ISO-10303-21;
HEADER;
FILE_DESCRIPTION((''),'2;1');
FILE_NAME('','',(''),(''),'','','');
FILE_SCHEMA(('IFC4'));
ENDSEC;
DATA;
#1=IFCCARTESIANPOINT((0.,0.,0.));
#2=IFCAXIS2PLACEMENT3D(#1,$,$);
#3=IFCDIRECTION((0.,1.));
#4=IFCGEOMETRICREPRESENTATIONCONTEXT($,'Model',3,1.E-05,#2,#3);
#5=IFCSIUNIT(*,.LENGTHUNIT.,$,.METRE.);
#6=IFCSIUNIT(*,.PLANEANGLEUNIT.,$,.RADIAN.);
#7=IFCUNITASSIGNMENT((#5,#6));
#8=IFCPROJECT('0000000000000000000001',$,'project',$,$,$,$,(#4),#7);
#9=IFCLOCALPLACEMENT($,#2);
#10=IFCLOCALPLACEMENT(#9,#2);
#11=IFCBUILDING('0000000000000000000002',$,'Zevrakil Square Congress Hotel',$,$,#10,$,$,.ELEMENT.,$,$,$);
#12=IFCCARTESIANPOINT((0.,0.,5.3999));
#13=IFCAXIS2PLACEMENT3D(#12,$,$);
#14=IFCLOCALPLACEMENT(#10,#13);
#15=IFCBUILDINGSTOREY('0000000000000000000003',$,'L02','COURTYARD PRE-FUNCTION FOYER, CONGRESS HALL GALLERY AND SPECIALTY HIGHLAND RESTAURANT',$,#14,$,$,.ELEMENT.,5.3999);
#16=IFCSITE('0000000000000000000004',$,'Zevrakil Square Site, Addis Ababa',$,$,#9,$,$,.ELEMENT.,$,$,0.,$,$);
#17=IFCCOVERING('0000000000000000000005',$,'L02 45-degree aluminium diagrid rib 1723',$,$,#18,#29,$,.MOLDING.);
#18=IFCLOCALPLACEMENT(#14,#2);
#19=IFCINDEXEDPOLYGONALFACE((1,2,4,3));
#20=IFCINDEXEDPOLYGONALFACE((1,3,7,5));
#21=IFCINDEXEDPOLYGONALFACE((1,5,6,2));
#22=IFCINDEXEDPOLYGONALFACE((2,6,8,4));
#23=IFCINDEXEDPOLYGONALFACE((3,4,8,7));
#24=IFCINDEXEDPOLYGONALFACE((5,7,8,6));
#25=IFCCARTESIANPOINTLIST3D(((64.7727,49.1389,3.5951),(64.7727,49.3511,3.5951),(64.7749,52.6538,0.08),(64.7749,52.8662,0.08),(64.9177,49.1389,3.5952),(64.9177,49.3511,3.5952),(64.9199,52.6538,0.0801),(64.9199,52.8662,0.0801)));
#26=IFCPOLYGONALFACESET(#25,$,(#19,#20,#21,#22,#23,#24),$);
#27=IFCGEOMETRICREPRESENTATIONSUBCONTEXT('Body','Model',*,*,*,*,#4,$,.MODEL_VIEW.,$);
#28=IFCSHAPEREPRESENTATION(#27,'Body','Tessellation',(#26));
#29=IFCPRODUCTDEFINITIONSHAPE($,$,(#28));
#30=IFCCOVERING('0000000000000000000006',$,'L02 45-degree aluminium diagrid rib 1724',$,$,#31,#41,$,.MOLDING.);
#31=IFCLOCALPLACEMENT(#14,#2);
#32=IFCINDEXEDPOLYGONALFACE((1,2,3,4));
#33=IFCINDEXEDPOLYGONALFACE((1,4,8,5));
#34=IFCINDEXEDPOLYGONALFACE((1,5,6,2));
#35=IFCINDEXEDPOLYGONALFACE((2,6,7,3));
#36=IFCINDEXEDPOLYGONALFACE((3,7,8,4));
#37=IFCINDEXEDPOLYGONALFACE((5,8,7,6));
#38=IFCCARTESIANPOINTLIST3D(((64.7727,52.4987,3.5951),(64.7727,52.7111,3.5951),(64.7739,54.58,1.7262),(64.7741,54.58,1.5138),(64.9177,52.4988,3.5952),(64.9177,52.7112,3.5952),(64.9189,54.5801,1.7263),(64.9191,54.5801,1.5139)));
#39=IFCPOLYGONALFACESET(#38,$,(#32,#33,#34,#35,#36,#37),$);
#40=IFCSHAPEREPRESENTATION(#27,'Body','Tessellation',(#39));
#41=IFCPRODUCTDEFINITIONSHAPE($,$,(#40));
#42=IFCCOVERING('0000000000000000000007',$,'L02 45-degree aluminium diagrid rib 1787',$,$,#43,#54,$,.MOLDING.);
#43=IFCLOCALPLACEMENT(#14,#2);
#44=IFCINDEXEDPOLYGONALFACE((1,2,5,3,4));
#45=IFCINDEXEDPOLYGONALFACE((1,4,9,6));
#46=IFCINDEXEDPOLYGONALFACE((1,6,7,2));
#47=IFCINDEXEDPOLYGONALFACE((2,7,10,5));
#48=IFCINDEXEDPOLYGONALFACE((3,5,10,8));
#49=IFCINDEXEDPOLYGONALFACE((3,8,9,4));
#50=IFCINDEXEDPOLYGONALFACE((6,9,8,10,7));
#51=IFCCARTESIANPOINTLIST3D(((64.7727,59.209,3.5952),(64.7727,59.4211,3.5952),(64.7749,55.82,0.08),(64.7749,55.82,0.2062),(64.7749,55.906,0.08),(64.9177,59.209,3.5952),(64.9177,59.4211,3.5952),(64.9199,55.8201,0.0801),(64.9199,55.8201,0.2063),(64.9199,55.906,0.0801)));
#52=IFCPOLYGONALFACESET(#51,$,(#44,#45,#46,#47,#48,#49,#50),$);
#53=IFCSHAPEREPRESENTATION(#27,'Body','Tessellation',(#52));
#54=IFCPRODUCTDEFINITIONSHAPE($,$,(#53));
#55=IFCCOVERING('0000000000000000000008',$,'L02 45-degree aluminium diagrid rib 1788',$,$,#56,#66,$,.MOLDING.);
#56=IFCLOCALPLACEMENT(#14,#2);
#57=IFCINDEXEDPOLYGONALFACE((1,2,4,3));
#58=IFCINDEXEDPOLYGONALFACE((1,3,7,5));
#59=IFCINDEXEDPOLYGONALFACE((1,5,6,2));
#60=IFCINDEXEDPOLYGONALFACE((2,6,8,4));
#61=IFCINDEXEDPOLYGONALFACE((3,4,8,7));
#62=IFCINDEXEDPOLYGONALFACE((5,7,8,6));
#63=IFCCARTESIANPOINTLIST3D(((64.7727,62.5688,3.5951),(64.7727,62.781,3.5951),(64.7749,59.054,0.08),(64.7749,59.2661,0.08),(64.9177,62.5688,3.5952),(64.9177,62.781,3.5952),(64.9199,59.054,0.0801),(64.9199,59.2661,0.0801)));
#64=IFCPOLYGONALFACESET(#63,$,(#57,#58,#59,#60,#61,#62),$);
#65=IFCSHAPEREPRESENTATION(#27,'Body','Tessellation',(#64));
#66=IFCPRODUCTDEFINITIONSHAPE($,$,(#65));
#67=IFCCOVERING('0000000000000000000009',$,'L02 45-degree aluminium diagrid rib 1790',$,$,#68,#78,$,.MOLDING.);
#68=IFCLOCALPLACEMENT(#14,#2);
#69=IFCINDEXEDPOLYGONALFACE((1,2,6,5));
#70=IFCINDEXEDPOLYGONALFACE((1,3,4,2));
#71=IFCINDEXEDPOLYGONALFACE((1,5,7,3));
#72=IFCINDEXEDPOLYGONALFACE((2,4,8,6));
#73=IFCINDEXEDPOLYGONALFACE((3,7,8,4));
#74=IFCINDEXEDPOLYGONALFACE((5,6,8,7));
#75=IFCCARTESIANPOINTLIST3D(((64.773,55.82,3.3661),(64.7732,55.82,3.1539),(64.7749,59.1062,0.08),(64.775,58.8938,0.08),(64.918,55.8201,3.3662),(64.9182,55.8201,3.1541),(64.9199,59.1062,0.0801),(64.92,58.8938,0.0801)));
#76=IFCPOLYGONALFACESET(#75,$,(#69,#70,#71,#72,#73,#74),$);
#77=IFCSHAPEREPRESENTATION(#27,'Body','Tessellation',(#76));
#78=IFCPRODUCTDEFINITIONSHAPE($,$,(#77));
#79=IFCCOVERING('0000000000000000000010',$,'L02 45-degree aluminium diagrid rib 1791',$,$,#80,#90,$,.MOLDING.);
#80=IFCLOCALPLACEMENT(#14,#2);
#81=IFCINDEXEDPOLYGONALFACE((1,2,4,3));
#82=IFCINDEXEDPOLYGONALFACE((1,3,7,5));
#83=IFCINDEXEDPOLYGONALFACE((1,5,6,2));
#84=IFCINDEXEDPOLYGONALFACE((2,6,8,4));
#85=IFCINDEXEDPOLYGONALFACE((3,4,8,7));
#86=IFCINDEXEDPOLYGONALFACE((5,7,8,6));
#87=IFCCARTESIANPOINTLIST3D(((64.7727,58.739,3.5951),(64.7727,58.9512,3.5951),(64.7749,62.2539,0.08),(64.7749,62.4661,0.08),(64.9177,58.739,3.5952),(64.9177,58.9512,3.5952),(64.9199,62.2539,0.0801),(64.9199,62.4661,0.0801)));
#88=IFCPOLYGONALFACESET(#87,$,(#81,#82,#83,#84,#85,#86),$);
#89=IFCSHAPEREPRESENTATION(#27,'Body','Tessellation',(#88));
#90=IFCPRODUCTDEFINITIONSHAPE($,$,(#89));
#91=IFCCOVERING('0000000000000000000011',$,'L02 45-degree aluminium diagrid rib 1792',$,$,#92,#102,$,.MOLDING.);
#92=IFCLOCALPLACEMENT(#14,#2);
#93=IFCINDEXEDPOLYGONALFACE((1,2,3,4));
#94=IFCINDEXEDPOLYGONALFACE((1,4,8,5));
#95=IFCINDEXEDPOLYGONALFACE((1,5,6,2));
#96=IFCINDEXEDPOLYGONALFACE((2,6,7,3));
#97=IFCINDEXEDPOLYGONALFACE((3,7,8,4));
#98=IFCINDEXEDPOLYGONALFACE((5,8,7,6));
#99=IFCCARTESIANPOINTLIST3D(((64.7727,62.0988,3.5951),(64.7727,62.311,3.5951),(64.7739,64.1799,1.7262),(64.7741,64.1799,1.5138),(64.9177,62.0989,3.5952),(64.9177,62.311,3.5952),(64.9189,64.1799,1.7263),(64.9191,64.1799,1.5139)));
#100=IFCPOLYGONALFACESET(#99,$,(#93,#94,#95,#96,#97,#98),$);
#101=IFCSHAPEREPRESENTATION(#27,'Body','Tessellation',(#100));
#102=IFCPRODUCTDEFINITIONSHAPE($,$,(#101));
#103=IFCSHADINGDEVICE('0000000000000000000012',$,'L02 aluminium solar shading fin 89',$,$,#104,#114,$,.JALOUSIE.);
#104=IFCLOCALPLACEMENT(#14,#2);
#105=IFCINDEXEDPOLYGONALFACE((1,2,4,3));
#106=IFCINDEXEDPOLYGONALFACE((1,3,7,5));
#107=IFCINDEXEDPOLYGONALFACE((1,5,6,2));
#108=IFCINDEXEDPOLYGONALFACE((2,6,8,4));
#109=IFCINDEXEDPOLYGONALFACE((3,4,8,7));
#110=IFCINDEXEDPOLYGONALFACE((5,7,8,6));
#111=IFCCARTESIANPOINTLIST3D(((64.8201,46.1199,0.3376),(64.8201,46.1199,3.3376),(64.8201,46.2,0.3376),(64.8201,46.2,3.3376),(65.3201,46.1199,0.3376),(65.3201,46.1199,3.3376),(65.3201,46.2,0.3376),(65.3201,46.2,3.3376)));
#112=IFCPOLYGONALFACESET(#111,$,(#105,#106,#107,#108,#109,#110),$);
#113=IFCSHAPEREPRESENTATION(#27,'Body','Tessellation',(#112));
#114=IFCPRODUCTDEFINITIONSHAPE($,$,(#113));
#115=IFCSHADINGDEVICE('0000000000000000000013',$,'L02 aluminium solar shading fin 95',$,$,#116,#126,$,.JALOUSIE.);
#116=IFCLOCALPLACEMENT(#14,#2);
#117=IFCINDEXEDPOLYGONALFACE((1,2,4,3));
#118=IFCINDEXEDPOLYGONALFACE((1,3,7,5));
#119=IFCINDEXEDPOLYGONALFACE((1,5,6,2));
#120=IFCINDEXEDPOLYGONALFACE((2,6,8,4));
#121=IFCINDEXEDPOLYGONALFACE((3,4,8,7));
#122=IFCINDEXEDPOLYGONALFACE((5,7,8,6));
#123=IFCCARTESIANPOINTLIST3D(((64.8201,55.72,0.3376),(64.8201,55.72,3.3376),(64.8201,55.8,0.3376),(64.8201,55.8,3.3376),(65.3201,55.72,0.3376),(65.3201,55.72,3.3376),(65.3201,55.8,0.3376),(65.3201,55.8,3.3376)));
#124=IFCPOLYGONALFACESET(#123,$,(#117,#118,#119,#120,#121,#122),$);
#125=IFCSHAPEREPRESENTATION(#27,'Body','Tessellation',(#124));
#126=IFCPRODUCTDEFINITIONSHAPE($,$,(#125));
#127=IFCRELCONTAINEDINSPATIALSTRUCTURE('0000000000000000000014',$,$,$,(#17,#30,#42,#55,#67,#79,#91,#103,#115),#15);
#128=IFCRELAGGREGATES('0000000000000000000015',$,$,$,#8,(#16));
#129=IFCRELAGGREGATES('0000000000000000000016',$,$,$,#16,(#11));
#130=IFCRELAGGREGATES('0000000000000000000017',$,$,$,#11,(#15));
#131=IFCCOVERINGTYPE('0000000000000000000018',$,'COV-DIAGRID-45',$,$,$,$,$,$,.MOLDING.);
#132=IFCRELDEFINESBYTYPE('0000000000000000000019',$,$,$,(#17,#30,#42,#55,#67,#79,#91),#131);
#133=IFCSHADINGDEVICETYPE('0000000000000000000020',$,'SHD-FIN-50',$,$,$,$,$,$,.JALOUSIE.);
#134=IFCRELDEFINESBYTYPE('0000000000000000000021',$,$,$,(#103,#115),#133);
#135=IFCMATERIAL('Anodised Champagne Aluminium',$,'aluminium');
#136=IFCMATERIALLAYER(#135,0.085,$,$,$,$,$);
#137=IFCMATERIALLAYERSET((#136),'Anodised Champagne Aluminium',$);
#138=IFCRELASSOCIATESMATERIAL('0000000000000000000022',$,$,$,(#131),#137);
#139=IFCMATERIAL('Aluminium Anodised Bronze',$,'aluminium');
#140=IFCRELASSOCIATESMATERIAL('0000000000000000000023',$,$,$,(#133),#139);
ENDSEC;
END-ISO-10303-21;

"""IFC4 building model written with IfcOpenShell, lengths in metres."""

from ifc_helpers import new_model, si_unit, direction, frame, origin, origin_2d, place, context, subcontext, project, spatial, polyline, rectangle, outline, extrude, material, layer, layer_set, type_object, element, save


model = new_model("IFC4")

# Units and contexts
model_context = context("Model", 3, precision=1e-05, world=origin(), true_north=direction((0.0, 1.0)))
body_context = subcontext(model_context, "Body", "Model", "MODEL_VIEW")
ifc_project = project(units=[si_unit("LENGTHUNIT", "METRE"), si_unit("PLANEANGLEUNIT", "RADIAN")], contexts=[model_context])

# Site, building, storey
site_placement = place(None, origin())
site = spatial("IfcSite", under=ifc_project, at=site_placement, Name="Zevrakil Square Site, Addis Ababa", CompositionType="ELEMENT", RefElevation=0.0)
building_placement = place(site_placement, origin())
building = spatial("IfcBuilding", under=site, at=building_placement, Name="Zevrakil Square Congress Hotel", CompositionType="ELEMENT")
storey_placement = place(building_placement, frame((0.0, 0.0, 5.3999)))
storey = spatial("IfcBuildingStorey", under=building, at=storey_placement, Name="L02", Description="COURTYARD PRE-FUNCTION FOYER, CONGRESS HALL GALLERY AND SPECIALTY HIGHLAND RESTAURANT", CompositionType="ELEMENT", Elevation=5.3999)

# Coverings
ifc_material_1 = material(Name="Anodised Champagne Aluminium", Category="aluminium")
ifc_layer_1 = layer(ifc_material_1, 0.085)
ifc_layer_set_1 = layer_set([ifc_layer_1], Name="Anodised Champagne Aluminium")
covering_type_1 = type_object("IfcCoveringType", Name="COV-DIAGRID-45", PredefinedType="MOLDING", material=ifc_layer_set_1)
covering_1_placement = place(storey_placement, frame((64.9177, 49.1389, 3.5952), z_axis=(1.0, 0.0, 0.000625), x_axis=(0.0, 1.0, 0.0)))
element("IfcCovering", 1, at=covering_1_placement, inside=storey, type_object=covering_type_1, Name="L02 45-degree aluminium diagrid rib 1723", PredefinedType="MOLDING", context=body_context, shape_type="SweptSolid", body=[
    extrude(outline(polyline([(0.0, 0.0), (0.2122, 0.0), (3.7273, -3.5151), (3.5149, -3.5151), (0.0, 0.0)])), origin(), (0.0, 0.0, -1.0), 0.145),
])
covering_2_placement = place(storey_placement, frame((64.9177, 52.4988, 3.5952), z_axis=(1.0, 0.000235, 0.000915), x_axis=(-0.000235, 1.0, 0.0)))
element("IfcCovering", 2, at=covering_2_placement, inside=storey, type_object=covering_type_1, Name="L02 45-degree aluminium diagrid rib 1724", PredefinedType="MOLDING", context=body_context, shape_type="SweptSolid", body=[
    extrude(outline(polyline([(0.0, 0.0), (0.2124, 0.0), (2.0813, -1.8689), (2.0813, -2.0813), (0.0, 0.0)])), origin(), (0.0, 0.0, -1.0), 0.145),
])
covering_3_placement = place(storey_placement, frame((64.9199, 55.906, 0.0801), z_axis=(1.0, 0.000188, 0.000444), x_axis=(0.000188, -1.0, 0.0)))
element("IfcCovering", 3, at=covering_3_placement, inside=storey, type_object=covering_type_1, Name="L02 45-degree aluminium diagrid rib 1787", PredefinedType="MOLDING", context=body_context, shape_type="SweptSolid", body=[
    extrude(outline(polyline([(0.0, 0.0), (0.0859, 0.0), (0.0859, -0.1262), (-3.303, -3.5151), (-3.5151, -3.5151), (0.0, 0.0)])), origin(), (0.0, 0.0, -1.0), 0.145),
])
covering_4_placement = place(storey_placement, frame((64.9199, 59.2661, 0.0801), z_axis=(1.0, 0.0, 0.000625), x_axis=(0.0, -1.0, 0.0)))
element("IfcCovering", 4, at=covering_4_placement, inside=storey, type_object=covering_type_1, Name="L02 45-degree aluminium diagrid rib 1788", PredefinedType="MOLDING", context=body_context, shape_type="SweptSolid", body=[
    extrude(outline(polyline([(0.0, 0.0), (0.2122, 0.0), (-3.3027, -3.5151), (-3.5149, -3.5151), (0.0, 0.0)])), origin(), (0.0, 0.0, -1.0), 0.145),
])
covering_5_placement = place(storey_placement, frame((64.9182, 55.8201, 3.1541), z_axis=(1.0, 0.000287, 0.000863), x_axis=(-0.000863, 0.0, 1.0)))
element("IfcCovering", 5, at=covering_5_placement, inside=storey, type_object=covering_type_1, Name="L02 45-degree aluminium diagrid rib 1790", PredefinedType="MOLDING", context=body_context, shape_type="SweptSolid", body=[
    extrude(outline(polyline([(0.0, 0.0), (0.2122, 0.0), (-3.074, -3.2861), (-3.074, -3.0737), (0.0, 0.0)])), origin(), (0.0, 0.0, -1.0), 0.145),
])
covering_6_placement = place(storey_placement, frame((64.9177, 58.739, 3.5952), z_axis=(1.0, 0.0, 0.000625), x_axis=(0.0, 1.0, 0.0)))
element("IfcCovering", 6, at=covering_6_placement, inside=storey, type_object=covering_type_1, Name="L02 45-degree aluminium diagrid rib 1791", PredefinedType="MOLDING", context=body_context, shape_type="SweptSolid", body=[
    extrude(outline(polyline([(0.0, 0.0), (0.2122, 0.0), (3.7271, -3.5151), (3.5149, -3.5151), (0.0, 0.0)])), origin(), (0.0, 0.0, -1.0), 0.145),
])
covering_7_placement = place(storey_placement, frame((64.9177, 62.0989, 3.5952), z_axis=(1.0, 0.000235, 0.000915), x_axis=(-0.000235, 1.0, 0.0)))
element("IfcCovering", 7, at=covering_7_placement, inside=storey, type_object=covering_type_1, Name="L02 45-degree aluminium diagrid rib 1792", PredefinedType="MOLDING", context=body_context, shape_type="SweptSolid", body=[
    extrude(outline(polyline([(0.0, 0.0), (0.2122, 0.0), (2.0811, -1.8689), (2.0811, -2.0813), (0.0, 0.0)])), origin(), (0.0, 0.0, -1.0), 0.145),
])

# Shading devices
ifc_material_2 = material(Name="Aluminium Anodised Bronze", Category="aluminium")
shading_device_type = type_object("IfcShadingDeviceType", Name="SHD-FIN-50", PredefinedType="JALOUSIE", material=ifc_material_2)
for number, where, z_axis, x_axis, name in (
    (8, (65.0701, 46.1599, 0.3376), (0.0, 0.0, 1.0), (1.0, 0.0, 0.0), "L02 aluminium solar shading fin 89"),
    (9, (65.0701, 55.76, 0.3376), (0.0, 0.0, 1.0), (1.0, 0.0, 0.0), "L02 aluminium solar shading fin 95"),
):
    element("IfcShadingDevice", number, at=place(storey_placement, frame(where, z_axis=z_axis, x_axis=x_axis)), inside=storey, type_object=shading_device_type, Name=name, PredefinedType="JALOUSIE", context=body_context, shape_type="SweptSolid", body=[
        extrude(rectangle(XDim=0.5, YDim=0.0801, at=origin_2d()), origin(), (0.0, 0.0, 1.0), 3.0),
    ])

save(model, "model.ifc")
